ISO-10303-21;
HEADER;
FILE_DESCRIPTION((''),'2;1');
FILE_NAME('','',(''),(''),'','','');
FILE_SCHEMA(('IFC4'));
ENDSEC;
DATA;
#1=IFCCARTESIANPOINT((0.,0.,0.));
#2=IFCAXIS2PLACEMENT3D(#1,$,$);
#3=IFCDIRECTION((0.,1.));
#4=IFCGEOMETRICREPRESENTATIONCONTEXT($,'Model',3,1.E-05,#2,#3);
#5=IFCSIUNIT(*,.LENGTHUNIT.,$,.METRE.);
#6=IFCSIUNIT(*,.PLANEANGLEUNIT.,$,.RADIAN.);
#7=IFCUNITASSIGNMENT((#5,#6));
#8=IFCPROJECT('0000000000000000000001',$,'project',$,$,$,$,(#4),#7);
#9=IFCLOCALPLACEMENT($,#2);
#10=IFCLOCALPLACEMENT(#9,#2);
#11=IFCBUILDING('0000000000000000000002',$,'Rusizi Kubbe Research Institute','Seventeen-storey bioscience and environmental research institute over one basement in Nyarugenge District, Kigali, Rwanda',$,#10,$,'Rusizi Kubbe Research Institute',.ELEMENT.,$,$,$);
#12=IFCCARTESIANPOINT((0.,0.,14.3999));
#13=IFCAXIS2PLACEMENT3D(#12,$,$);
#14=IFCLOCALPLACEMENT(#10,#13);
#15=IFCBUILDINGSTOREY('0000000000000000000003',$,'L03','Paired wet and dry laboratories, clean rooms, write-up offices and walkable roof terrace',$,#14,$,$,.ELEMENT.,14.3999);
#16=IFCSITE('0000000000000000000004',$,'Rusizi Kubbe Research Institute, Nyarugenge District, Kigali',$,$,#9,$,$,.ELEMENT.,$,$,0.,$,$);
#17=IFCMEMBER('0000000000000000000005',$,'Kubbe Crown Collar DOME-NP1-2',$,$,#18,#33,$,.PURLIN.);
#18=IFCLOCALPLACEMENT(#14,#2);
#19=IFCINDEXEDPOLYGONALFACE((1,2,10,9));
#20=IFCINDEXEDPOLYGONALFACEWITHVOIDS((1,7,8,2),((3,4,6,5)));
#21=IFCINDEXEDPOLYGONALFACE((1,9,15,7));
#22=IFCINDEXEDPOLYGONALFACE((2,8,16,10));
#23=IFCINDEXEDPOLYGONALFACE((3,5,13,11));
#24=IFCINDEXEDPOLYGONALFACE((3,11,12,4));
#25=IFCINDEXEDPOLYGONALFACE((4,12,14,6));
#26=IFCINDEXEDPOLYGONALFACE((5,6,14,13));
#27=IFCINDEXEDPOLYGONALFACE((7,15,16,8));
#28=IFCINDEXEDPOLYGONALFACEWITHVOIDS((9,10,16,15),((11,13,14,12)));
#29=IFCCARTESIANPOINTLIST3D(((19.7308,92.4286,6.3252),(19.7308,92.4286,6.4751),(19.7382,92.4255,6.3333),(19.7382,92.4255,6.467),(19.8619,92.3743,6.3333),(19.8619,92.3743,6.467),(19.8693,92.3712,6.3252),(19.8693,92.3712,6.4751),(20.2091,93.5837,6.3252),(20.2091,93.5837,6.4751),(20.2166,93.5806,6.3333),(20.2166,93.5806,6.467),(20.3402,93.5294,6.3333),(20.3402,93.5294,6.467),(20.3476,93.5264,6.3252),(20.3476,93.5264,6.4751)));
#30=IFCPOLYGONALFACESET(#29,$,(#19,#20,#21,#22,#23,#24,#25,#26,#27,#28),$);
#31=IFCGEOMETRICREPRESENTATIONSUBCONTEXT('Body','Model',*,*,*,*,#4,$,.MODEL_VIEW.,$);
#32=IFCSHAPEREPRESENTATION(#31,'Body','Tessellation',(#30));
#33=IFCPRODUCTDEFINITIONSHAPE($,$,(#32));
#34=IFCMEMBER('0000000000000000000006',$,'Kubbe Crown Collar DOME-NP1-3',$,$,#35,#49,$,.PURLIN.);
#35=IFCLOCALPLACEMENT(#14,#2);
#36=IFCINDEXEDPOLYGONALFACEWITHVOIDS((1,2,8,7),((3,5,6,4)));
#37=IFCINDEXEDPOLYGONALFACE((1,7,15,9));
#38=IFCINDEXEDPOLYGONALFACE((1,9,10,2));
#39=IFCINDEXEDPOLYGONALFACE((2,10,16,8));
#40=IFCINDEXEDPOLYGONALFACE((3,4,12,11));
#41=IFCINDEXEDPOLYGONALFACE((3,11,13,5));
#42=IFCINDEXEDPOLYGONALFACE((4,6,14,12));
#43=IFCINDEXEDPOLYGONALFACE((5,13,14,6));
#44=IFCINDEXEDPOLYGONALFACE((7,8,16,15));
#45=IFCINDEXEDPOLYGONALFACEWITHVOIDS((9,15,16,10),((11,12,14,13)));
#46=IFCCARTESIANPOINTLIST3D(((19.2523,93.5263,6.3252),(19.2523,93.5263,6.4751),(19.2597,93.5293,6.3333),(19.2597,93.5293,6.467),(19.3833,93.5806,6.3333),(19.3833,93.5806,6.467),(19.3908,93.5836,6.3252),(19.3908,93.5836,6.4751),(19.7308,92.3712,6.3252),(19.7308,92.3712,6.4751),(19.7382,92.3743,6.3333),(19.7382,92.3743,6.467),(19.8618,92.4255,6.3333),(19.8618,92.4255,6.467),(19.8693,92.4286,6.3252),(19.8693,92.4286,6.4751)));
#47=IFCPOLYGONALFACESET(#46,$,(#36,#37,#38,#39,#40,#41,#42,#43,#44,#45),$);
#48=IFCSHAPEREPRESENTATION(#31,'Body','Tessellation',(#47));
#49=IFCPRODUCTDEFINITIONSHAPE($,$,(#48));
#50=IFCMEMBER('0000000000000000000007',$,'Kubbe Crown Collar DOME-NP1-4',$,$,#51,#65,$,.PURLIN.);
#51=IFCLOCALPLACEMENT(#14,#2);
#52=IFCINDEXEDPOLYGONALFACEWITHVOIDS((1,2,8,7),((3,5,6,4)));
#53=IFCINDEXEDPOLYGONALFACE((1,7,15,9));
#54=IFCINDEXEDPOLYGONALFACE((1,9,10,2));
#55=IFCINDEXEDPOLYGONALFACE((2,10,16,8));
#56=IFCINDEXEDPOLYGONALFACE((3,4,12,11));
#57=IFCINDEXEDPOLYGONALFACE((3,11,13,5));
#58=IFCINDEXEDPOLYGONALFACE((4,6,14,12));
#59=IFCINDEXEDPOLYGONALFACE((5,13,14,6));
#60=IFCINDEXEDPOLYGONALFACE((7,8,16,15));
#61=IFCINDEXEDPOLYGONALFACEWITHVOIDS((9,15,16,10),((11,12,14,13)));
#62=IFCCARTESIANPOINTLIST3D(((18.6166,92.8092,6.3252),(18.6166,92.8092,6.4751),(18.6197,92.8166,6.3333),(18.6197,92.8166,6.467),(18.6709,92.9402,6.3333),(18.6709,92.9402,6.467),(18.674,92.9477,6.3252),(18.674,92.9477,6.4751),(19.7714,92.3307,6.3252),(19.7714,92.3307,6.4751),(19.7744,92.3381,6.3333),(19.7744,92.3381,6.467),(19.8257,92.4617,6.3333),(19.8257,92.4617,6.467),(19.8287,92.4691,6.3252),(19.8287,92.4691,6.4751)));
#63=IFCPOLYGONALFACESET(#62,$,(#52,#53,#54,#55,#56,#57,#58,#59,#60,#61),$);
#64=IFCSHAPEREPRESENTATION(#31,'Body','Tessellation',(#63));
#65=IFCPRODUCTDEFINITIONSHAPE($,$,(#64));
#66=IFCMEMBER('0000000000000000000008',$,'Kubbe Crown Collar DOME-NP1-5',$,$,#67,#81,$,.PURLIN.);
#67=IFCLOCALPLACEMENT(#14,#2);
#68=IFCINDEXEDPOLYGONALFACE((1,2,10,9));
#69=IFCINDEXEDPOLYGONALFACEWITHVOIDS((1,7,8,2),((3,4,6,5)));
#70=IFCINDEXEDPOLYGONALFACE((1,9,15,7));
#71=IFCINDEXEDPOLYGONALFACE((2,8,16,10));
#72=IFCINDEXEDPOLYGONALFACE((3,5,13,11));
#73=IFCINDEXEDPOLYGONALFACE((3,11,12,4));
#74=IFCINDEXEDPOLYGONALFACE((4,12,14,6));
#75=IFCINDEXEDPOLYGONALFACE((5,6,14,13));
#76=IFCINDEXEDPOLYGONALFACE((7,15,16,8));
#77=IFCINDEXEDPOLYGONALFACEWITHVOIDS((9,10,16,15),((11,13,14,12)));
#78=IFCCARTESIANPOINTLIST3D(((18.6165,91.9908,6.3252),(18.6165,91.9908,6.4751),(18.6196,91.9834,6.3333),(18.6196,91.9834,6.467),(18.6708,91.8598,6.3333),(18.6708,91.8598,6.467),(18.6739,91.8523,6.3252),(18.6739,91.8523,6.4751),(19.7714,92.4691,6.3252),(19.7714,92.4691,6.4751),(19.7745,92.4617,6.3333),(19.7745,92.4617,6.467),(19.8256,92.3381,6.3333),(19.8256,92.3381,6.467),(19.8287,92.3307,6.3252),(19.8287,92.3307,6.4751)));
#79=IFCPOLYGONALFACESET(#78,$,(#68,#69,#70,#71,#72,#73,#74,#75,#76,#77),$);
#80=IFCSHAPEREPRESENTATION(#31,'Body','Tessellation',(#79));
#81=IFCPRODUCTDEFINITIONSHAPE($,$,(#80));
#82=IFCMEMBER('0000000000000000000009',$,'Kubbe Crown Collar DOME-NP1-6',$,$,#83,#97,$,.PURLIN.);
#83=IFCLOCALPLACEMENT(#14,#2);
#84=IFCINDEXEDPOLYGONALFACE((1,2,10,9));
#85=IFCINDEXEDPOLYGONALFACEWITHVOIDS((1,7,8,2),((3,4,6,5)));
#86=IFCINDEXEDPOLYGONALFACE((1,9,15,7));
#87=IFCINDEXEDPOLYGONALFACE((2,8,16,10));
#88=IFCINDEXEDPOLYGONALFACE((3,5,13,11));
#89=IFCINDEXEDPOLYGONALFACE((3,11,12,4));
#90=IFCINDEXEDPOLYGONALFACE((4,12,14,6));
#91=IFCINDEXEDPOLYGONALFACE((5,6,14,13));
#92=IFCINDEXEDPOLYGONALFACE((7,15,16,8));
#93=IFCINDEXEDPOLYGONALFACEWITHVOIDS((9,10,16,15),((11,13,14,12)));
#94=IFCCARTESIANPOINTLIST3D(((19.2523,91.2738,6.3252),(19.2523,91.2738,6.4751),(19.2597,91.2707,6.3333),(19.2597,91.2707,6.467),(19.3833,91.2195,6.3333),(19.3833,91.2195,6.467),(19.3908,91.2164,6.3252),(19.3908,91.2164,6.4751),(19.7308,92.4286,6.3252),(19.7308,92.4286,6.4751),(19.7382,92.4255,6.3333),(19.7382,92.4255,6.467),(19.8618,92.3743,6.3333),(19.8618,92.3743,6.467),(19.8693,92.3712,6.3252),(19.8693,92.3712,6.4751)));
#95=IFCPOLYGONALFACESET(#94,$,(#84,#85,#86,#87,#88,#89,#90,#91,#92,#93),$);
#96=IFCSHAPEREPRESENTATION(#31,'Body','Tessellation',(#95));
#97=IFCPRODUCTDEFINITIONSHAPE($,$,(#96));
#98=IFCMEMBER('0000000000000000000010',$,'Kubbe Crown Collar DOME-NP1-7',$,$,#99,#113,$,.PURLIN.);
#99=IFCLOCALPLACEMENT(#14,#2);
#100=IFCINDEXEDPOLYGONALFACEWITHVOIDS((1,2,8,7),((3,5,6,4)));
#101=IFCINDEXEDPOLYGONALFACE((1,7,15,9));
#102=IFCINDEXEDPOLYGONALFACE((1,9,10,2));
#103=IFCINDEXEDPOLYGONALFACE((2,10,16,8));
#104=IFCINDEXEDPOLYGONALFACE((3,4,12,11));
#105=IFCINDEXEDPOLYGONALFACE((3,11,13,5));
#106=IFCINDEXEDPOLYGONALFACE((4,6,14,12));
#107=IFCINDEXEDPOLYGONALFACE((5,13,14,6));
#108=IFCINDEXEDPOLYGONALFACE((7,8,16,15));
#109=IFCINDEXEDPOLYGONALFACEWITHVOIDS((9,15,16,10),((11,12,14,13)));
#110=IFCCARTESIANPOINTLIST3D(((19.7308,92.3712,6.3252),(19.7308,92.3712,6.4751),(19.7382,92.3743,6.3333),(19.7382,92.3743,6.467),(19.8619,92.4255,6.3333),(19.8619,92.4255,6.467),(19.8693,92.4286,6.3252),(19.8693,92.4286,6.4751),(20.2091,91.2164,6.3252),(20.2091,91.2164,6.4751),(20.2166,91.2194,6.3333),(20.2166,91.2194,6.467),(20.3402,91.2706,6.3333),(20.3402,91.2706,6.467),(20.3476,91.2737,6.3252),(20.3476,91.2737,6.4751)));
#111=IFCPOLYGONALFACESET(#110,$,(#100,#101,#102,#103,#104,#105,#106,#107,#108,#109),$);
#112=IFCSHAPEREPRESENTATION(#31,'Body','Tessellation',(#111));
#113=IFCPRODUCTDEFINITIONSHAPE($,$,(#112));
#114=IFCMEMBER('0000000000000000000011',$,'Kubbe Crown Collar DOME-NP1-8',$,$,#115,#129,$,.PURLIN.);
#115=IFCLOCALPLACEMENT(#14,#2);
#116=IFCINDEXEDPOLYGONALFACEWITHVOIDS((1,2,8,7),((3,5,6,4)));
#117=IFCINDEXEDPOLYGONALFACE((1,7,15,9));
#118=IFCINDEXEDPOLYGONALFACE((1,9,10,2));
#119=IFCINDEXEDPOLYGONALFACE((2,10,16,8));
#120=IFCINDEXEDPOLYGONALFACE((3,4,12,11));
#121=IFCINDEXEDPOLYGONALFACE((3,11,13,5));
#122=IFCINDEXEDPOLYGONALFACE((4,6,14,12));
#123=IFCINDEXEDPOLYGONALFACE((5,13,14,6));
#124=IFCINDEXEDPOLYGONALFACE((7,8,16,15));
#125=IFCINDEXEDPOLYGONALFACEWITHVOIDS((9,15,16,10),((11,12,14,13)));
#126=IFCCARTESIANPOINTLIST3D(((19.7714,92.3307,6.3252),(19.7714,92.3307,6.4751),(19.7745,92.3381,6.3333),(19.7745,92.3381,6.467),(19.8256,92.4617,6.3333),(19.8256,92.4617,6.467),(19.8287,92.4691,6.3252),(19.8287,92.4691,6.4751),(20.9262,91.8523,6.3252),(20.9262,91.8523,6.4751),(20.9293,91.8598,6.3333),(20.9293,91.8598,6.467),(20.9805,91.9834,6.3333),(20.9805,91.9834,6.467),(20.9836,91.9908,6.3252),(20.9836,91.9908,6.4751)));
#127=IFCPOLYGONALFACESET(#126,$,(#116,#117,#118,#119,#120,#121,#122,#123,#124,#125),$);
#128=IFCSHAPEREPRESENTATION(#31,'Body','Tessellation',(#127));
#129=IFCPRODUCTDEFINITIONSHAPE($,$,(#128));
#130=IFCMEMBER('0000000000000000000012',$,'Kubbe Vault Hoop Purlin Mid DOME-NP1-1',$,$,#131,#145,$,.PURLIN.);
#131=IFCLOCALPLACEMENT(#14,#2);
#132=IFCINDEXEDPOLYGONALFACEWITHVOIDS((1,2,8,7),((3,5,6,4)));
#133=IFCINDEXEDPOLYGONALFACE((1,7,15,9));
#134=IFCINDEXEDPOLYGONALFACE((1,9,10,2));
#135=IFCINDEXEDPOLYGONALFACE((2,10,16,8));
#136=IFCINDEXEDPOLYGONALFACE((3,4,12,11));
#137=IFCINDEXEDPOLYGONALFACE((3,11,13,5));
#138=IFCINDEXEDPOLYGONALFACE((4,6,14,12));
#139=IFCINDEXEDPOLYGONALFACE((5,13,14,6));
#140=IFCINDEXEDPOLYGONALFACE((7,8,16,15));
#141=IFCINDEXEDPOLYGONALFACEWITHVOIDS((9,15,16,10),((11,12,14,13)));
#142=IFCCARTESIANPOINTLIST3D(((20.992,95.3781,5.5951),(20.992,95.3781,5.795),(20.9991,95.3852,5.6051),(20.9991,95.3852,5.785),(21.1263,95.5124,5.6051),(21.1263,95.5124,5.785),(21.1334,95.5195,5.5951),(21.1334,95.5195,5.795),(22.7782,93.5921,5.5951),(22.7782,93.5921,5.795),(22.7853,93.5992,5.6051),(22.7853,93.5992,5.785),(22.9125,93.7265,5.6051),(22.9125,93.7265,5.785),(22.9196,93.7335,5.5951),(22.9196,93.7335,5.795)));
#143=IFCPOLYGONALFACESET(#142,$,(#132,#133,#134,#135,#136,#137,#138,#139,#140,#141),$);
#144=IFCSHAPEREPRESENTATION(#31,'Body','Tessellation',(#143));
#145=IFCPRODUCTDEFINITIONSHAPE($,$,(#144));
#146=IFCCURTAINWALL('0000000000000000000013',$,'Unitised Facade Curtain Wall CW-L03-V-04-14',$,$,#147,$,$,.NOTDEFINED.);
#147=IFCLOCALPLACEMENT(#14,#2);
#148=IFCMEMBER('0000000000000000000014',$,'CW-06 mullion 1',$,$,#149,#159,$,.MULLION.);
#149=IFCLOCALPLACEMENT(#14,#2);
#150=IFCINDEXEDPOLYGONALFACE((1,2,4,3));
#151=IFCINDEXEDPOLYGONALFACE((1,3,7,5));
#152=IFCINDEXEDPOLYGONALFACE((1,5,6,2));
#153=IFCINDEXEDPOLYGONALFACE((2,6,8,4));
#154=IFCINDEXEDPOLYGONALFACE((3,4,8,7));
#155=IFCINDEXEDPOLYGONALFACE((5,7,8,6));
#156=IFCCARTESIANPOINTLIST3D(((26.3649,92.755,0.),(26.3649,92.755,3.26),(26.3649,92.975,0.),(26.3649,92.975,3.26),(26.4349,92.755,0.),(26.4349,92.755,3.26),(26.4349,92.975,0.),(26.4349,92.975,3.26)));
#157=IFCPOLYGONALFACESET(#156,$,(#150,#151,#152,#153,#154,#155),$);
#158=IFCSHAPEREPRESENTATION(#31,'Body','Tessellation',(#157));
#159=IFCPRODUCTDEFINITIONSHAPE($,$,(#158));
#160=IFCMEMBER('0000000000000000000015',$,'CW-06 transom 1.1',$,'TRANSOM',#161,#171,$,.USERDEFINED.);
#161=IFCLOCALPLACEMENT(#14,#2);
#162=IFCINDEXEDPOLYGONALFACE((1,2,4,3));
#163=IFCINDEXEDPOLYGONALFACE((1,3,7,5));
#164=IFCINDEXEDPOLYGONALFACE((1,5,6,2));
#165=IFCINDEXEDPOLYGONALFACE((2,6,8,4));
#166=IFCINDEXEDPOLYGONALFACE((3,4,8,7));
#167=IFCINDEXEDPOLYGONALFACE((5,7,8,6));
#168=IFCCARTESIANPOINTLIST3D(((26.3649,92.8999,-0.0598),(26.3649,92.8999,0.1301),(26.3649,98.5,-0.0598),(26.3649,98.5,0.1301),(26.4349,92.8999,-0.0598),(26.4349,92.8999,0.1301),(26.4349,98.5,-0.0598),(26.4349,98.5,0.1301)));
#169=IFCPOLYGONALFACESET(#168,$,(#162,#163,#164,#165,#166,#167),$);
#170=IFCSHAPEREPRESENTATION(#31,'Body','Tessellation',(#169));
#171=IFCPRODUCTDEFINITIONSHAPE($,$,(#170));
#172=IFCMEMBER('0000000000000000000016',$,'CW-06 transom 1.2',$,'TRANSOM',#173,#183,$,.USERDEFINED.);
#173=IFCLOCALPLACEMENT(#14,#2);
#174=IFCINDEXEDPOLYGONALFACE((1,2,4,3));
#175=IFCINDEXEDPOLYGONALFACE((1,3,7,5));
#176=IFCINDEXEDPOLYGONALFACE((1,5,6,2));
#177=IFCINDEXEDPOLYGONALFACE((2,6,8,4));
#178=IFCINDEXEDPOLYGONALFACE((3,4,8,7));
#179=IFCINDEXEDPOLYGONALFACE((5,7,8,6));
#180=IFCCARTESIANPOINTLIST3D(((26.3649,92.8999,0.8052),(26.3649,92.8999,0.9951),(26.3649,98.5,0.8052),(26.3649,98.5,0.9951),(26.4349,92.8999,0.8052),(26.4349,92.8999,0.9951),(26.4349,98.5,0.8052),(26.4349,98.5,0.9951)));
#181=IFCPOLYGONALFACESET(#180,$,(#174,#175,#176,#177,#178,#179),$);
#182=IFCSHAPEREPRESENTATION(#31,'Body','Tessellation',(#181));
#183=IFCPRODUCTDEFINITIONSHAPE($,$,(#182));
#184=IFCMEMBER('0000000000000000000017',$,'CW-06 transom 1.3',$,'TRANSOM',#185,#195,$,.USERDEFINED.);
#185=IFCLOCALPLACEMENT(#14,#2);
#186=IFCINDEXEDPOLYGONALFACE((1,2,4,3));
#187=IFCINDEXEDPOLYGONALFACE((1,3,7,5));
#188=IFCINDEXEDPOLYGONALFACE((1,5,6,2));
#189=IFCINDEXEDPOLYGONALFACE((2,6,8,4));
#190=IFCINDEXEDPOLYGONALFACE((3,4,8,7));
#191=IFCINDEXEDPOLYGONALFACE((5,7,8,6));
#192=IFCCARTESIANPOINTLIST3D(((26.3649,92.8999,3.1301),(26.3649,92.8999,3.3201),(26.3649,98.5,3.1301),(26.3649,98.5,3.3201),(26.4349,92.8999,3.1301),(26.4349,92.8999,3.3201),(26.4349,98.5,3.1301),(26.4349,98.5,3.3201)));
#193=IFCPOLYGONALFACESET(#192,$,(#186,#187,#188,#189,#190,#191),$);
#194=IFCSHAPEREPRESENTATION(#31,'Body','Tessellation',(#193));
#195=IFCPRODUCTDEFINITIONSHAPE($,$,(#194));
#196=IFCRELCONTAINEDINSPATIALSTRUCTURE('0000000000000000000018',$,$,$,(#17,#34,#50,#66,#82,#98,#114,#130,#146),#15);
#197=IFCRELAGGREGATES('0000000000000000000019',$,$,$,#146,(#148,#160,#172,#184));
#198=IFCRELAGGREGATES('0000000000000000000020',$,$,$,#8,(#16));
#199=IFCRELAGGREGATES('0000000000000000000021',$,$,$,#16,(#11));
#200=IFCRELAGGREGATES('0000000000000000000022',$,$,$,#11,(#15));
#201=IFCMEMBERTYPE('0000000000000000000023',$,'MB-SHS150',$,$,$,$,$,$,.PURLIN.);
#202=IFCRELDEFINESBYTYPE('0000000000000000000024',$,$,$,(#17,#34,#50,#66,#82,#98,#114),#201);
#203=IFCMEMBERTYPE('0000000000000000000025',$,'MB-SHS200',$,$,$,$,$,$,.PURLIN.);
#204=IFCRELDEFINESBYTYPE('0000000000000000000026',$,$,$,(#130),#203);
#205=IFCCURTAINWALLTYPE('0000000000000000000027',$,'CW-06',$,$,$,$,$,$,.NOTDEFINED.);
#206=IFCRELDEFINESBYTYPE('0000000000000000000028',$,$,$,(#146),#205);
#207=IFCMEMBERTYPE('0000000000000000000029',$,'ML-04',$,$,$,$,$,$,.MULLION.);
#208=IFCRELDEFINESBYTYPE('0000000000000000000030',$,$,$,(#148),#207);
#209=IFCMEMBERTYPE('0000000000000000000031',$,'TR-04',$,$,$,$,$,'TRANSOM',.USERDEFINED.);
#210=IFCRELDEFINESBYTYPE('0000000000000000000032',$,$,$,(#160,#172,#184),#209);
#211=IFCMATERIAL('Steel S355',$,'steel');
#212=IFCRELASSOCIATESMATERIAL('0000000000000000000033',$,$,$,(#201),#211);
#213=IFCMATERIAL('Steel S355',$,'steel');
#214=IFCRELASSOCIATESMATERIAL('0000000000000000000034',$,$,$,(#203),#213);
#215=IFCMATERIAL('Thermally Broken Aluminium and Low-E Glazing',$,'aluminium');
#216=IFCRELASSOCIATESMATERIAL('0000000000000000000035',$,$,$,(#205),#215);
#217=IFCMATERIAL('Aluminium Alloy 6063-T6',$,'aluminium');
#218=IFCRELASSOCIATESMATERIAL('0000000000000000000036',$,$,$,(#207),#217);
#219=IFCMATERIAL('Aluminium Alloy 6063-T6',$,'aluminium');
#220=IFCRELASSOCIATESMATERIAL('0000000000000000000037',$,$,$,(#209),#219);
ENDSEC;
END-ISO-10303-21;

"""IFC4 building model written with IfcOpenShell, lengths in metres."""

from ifc_helpers import new_model, si_unit, direction, frame, origin, origin_2d, place, context, subcontext, project, spatial, rectangle, hollow_rectangle, extrude, material, material_profile, profile_set, type_object, element, aggregate, save


model = new_model("IFC4")

# Units and contexts
model_context = context("Model", 3, precision=1e-05, world=origin(), true_north=direction((0.0, 1.0)))
body_context = subcontext(model_context, "Body", "Model", "MODEL_VIEW")
ifc_project = project(units=[si_unit("LENGTHUNIT", "METRE"), si_unit("PLANEANGLEUNIT", "RADIAN")], contexts=[model_context])

# Site, building, storey
site_placement = place(None, origin())
site = spatial("IfcSite", under=ifc_project, at=site_placement, Name="Rusizi Kubbe Research Institute, Nyarugenge District, Kigali", CompositionType="ELEMENT", RefElevation=0.0)
building_placement = place(site_placement, origin())
building = spatial("IfcBuilding", under=site, at=building_placement, Name="Rusizi Kubbe Research Institute", Description="Seventeen-storey bioscience and environmental research institute over one basement in Nyarugenge District, Kigali, Rwanda", LongName="Rusizi Kubbe Research Institute", CompositionType="ELEMENT")
storey_placement = place(building_placement, frame((0.0, 0.0, 14.3999)))
storey = spatial("IfcBuildingStorey", under=building, at=storey_placement, Name="L03", Description="Paired wet and dry laboratories, clean rooms, write-up offices and walkable roof terrace", CompositionType="ELEMENT", Elevation=14.3999)

# Members
ifc_material_1 = material(Name="Steel S355", Category="steel")
ifc_material_profile_1 = material_profile(ifc_material_1, hollow_rectangle(XDim=0.1499, YDim=0.1499, WallThickness=0.0081, at=origin_2d()), Name="SHS 150x150x8.0")
ifc_profile_set_1 = profile_set([ifc_material_profile_1], Name="Steel S355")
member_type_1 = type_object("IfcMemberType", Name="MB-SHS150", PredefinedType="PURLIN", material=ifc_profile_set_1)
for number, where, z_axis, x_axis, name in (
    (1, (19.8, 92.3999, 6.4001), (0.382576, 0.923924, 0.0), (-0.923924, 0.382576, 0.0), "Kubbe Crown Collar DOME-NP1-2"),
    (2, (19.8, 92.3999, 6.4001), (-0.382743, 0.923855, 0.0), (-0.923855, -0.382743, 0.0), "Kubbe Crown Collar DOME-NP1-3"),
):
    element("IfcMember", number, at=place(storey_placement, frame(where, z_axis=z_axis, x_axis=x_axis)), inside=storey, type_object=member_type_1, Name=name, PredefinedType="PURLIN", context=body_context, shape_type="SweptSolid", body=[
        extrude(hollow_rectangle(XDim=0.1499, YDim=0.1499, WallThickness=0.0081, at=origin_2d()), origin(), (0.0, 0.0, 1.0), 1.2502),
    ])
for number, where, z_axis, x_axis, name in (
    (3, (19.8, 92.3999, 6.4001), (-0.923826, 0.382812, 0.0), (-0.382812, -0.923826, 0.0), "Kubbe Crown Collar DOME-NP1-4"),
    (4, (19.8, 92.3999, 6.4001), (-0.923895, -0.382645, 0.0), (0.382645, -0.923895, 0.0), "Kubbe Crown Collar DOME-NP1-5"),
    (5, (19.8, 92.3999, 6.4001), (-0.382812, -0.923826, 0.0), (0.923826, -0.382812, 0.0), "Kubbe Crown Collar DOME-NP1-6"),
    (6, (19.8, 92.3999, 6.4001), (0.382645, -0.923895, 0.0), (0.923895, 0.382645, 0.0), "Kubbe Crown Collar DOME-NP1-7"),
    (7, (19.8, 92.3999, 6.4001), (0.923895, -0.382645, 0.0), (0.382645, 0.923895, 0.0), "Kubbe Crown Collar DOME-NP1-8"),
):
    element("IfcMember", number, at=place(storey_placement, frame(where, z_axis=z_axis, x_axis=x_axis)), inside=storey, type_object=member_type_1, Name=name, PredefinedType="PURLIN", context=body_context, shape_type="SweptSolid", body=[
        extrude(hollow_rectangle(XDim=0.1499, YDim=0.1499, WallThickness=0.0081, at=origin_2d()), origin(), (0.0, 0.0, 1.0), 1.25),
    ])
ifc_material_2 = material(Name="Steel S355", Category="steel")
ifc_material_profile_2 = material_profile(ifc_material_2, hollow_rectangle(XDim=0.2, YDim=0.2, WallThickness=0.01, at=origin_2d()), Name="SHS 200x200x10.0")
ifc_profile_set_2 = profile_set([ifc_material_profile_2], Name="Steel S355")
member_type_2 = type_object("IfcMemberType", Name="MB-SHS200", PredefinedType="PURLIN", material=ifc_profile_set_2)
member_1_placement = place(storey_placement, frame((22.8489, 93.6628, 5.6951), z_axis=(-0.707155, 0.707058, 0.0), x_axis=(-0.707058, -0.707155, 0.0)))
element("IfcMember", 8, at=member_1_placement, inside=storey, type_object=member_type_2, Name="Kubbe Vault Hoop Purlin Mid DOME-NP1-1", PredefinedType="PURLIN", context=body_context, shape_type="SweptSolid", body=[
    extrude(hollow_rectangle(XDim=0.2, YDim=0.2, WallThickness=0.01, at=origin_2d()), origin(), (0.0, 0.0, 1.0), 2.5259),
])

# Curtain wall, members
ifc_material_3 = material(Name="Thermally Broken Aluminium and Low-E Glazing", Category="aluminium")
curtain_wall_type = type_object("IfcCurtainWallType", Name="CW-06", PredefinedType="NOTDEFINED", material=ifc_material_3)
curtain_wall_placement = place(storey_placement, origin())
curtain_wall = element("IfcCurtainWall", 9, at=curtain_wall_placement, inside=storey, type_object=curtain_wall_type, Name="Unitised Facade Curtain Wall CW-L03-V-04-14", PredefinedType="NOTDEFINED")
ifc_material_4 = material(Name="Aluminium Alloy 6063-T6", Category="aluminium")
ifc_material_profile_3 = material_profile(ifc_material_4, rectangle(XDim=0.0701, YDim=0.22, at=origin_2d()), Name="ALU-M 70x220")
ifc_profile_set_3 = profile_set([ifc_material_profile_3], Name="Aluminium Alloy 6063-T6")
member_type_3 = type_object("IfcMemberType", Name="ML-04", PredefinedType="MULLION", material=ifc_profile_set_3)
member_2_placement = place(storey_placement, frame((26.3999, 92.865, 0.0), z_axis=(0.0, 0.0, 1.0), x_axis=(-1.0, 0.0, 0.0)))
member_2 = element("IfcMember", 10, at=member_2_placement, type_object=member_type_3, Name="CW-06 mullion 1", PredefinedType="MULLION", context=body_context, shape_type="SweptSolid", body=[
    extrude(rectangle(XDim=0.0701, YDim=0.22, at=origin_2d()), origin(), (0.0, 0.0, 1.0), 3.26),
])
ifc_material_5 = material(Name="Aluminium Alloy 6063-T6", Category="aluminium")
ifc_material_profile_4 = material_profile(ifc_material_5, rectangle(XDim=0.0701, YDim=0.1899, at=origin_2d()), Name="ALU-T 70x190")
ifc_profile_set_4 = profile_set([ifc_material_profile_4], Name="Aluminium Alloy 6063-T6")
member_type_4 = type_object("IfcMemberType", Name="TR-04", ElementType="TRANSOM", PredefinedType="USERDEFINED", material=ifc_profile_set_4)
member_3_placement = place(storey_placement, frame((26.3999, 92.8999, 0.0352), z_axis=(0.0, 1.0, 0.0), x_axis=(-1.0, 0.0, 0.0)))
member_3 = element("IfcMember", 11, at=member_3_placement, type_object=member_type_4, Name="CW-06 transom 1.1", ObjectType="TRANSOM", PredefinedType="USERDEFINED", context=body_context, shape_type="SweptSolid", body=[
    extrude(rectangle(XDim=0.0701, YDim=0.1899, at=origin_2d()), origin(), (0.0, 0.0, 1.0), 5.6001),
])
member_4_placement = place(storey_placement, frame((26.3999, 92.8999, 0.9001), z_axis=(0.0, 1.0, 0.0), x_axis=(-1.0, 0.0, 0.0)))
member_4 = element("IfcMember", 12, at=member_4_placement, type_object=member_type_4, Name="CW-06 transom 1.2", ObjectType="TRANSOM", PredefinedType="USERDEFINED", context=body_context, shape_type="SweptSolid", body=[
    extrude(rectangle(XDim=0.0701, YDim=0.1899, at=origin_2d()), origin(), (0.0, 0.0, 1.0), 5.6001),
])
member_5_placement = place(storey_placement, frame((26.3999, 92.8999, 3.2251), z_axis=(0.0, 1.0, 0.0), x_axis=(-1.0, 0.0, 0.0)))
member_5 = element("IfcMember", 13, at=member_5_placement, type_object=member_type_4, Name="CW-06 transom 1.3", ObjectType="TRANSOM", PredefinedType="USERDEFINED", context=body_context, shape_type="SweptSolid", body=[
    extrude(rectangle(XDim=0.0701, YDim=0.1899, at=origin_2d()), origin(), (0.0, 0.0, 1.0), 5.6001),
])
aggregate(curtain_wall, [member_2, member_3, member_4, member_5])

save(model, "model.ifc")
